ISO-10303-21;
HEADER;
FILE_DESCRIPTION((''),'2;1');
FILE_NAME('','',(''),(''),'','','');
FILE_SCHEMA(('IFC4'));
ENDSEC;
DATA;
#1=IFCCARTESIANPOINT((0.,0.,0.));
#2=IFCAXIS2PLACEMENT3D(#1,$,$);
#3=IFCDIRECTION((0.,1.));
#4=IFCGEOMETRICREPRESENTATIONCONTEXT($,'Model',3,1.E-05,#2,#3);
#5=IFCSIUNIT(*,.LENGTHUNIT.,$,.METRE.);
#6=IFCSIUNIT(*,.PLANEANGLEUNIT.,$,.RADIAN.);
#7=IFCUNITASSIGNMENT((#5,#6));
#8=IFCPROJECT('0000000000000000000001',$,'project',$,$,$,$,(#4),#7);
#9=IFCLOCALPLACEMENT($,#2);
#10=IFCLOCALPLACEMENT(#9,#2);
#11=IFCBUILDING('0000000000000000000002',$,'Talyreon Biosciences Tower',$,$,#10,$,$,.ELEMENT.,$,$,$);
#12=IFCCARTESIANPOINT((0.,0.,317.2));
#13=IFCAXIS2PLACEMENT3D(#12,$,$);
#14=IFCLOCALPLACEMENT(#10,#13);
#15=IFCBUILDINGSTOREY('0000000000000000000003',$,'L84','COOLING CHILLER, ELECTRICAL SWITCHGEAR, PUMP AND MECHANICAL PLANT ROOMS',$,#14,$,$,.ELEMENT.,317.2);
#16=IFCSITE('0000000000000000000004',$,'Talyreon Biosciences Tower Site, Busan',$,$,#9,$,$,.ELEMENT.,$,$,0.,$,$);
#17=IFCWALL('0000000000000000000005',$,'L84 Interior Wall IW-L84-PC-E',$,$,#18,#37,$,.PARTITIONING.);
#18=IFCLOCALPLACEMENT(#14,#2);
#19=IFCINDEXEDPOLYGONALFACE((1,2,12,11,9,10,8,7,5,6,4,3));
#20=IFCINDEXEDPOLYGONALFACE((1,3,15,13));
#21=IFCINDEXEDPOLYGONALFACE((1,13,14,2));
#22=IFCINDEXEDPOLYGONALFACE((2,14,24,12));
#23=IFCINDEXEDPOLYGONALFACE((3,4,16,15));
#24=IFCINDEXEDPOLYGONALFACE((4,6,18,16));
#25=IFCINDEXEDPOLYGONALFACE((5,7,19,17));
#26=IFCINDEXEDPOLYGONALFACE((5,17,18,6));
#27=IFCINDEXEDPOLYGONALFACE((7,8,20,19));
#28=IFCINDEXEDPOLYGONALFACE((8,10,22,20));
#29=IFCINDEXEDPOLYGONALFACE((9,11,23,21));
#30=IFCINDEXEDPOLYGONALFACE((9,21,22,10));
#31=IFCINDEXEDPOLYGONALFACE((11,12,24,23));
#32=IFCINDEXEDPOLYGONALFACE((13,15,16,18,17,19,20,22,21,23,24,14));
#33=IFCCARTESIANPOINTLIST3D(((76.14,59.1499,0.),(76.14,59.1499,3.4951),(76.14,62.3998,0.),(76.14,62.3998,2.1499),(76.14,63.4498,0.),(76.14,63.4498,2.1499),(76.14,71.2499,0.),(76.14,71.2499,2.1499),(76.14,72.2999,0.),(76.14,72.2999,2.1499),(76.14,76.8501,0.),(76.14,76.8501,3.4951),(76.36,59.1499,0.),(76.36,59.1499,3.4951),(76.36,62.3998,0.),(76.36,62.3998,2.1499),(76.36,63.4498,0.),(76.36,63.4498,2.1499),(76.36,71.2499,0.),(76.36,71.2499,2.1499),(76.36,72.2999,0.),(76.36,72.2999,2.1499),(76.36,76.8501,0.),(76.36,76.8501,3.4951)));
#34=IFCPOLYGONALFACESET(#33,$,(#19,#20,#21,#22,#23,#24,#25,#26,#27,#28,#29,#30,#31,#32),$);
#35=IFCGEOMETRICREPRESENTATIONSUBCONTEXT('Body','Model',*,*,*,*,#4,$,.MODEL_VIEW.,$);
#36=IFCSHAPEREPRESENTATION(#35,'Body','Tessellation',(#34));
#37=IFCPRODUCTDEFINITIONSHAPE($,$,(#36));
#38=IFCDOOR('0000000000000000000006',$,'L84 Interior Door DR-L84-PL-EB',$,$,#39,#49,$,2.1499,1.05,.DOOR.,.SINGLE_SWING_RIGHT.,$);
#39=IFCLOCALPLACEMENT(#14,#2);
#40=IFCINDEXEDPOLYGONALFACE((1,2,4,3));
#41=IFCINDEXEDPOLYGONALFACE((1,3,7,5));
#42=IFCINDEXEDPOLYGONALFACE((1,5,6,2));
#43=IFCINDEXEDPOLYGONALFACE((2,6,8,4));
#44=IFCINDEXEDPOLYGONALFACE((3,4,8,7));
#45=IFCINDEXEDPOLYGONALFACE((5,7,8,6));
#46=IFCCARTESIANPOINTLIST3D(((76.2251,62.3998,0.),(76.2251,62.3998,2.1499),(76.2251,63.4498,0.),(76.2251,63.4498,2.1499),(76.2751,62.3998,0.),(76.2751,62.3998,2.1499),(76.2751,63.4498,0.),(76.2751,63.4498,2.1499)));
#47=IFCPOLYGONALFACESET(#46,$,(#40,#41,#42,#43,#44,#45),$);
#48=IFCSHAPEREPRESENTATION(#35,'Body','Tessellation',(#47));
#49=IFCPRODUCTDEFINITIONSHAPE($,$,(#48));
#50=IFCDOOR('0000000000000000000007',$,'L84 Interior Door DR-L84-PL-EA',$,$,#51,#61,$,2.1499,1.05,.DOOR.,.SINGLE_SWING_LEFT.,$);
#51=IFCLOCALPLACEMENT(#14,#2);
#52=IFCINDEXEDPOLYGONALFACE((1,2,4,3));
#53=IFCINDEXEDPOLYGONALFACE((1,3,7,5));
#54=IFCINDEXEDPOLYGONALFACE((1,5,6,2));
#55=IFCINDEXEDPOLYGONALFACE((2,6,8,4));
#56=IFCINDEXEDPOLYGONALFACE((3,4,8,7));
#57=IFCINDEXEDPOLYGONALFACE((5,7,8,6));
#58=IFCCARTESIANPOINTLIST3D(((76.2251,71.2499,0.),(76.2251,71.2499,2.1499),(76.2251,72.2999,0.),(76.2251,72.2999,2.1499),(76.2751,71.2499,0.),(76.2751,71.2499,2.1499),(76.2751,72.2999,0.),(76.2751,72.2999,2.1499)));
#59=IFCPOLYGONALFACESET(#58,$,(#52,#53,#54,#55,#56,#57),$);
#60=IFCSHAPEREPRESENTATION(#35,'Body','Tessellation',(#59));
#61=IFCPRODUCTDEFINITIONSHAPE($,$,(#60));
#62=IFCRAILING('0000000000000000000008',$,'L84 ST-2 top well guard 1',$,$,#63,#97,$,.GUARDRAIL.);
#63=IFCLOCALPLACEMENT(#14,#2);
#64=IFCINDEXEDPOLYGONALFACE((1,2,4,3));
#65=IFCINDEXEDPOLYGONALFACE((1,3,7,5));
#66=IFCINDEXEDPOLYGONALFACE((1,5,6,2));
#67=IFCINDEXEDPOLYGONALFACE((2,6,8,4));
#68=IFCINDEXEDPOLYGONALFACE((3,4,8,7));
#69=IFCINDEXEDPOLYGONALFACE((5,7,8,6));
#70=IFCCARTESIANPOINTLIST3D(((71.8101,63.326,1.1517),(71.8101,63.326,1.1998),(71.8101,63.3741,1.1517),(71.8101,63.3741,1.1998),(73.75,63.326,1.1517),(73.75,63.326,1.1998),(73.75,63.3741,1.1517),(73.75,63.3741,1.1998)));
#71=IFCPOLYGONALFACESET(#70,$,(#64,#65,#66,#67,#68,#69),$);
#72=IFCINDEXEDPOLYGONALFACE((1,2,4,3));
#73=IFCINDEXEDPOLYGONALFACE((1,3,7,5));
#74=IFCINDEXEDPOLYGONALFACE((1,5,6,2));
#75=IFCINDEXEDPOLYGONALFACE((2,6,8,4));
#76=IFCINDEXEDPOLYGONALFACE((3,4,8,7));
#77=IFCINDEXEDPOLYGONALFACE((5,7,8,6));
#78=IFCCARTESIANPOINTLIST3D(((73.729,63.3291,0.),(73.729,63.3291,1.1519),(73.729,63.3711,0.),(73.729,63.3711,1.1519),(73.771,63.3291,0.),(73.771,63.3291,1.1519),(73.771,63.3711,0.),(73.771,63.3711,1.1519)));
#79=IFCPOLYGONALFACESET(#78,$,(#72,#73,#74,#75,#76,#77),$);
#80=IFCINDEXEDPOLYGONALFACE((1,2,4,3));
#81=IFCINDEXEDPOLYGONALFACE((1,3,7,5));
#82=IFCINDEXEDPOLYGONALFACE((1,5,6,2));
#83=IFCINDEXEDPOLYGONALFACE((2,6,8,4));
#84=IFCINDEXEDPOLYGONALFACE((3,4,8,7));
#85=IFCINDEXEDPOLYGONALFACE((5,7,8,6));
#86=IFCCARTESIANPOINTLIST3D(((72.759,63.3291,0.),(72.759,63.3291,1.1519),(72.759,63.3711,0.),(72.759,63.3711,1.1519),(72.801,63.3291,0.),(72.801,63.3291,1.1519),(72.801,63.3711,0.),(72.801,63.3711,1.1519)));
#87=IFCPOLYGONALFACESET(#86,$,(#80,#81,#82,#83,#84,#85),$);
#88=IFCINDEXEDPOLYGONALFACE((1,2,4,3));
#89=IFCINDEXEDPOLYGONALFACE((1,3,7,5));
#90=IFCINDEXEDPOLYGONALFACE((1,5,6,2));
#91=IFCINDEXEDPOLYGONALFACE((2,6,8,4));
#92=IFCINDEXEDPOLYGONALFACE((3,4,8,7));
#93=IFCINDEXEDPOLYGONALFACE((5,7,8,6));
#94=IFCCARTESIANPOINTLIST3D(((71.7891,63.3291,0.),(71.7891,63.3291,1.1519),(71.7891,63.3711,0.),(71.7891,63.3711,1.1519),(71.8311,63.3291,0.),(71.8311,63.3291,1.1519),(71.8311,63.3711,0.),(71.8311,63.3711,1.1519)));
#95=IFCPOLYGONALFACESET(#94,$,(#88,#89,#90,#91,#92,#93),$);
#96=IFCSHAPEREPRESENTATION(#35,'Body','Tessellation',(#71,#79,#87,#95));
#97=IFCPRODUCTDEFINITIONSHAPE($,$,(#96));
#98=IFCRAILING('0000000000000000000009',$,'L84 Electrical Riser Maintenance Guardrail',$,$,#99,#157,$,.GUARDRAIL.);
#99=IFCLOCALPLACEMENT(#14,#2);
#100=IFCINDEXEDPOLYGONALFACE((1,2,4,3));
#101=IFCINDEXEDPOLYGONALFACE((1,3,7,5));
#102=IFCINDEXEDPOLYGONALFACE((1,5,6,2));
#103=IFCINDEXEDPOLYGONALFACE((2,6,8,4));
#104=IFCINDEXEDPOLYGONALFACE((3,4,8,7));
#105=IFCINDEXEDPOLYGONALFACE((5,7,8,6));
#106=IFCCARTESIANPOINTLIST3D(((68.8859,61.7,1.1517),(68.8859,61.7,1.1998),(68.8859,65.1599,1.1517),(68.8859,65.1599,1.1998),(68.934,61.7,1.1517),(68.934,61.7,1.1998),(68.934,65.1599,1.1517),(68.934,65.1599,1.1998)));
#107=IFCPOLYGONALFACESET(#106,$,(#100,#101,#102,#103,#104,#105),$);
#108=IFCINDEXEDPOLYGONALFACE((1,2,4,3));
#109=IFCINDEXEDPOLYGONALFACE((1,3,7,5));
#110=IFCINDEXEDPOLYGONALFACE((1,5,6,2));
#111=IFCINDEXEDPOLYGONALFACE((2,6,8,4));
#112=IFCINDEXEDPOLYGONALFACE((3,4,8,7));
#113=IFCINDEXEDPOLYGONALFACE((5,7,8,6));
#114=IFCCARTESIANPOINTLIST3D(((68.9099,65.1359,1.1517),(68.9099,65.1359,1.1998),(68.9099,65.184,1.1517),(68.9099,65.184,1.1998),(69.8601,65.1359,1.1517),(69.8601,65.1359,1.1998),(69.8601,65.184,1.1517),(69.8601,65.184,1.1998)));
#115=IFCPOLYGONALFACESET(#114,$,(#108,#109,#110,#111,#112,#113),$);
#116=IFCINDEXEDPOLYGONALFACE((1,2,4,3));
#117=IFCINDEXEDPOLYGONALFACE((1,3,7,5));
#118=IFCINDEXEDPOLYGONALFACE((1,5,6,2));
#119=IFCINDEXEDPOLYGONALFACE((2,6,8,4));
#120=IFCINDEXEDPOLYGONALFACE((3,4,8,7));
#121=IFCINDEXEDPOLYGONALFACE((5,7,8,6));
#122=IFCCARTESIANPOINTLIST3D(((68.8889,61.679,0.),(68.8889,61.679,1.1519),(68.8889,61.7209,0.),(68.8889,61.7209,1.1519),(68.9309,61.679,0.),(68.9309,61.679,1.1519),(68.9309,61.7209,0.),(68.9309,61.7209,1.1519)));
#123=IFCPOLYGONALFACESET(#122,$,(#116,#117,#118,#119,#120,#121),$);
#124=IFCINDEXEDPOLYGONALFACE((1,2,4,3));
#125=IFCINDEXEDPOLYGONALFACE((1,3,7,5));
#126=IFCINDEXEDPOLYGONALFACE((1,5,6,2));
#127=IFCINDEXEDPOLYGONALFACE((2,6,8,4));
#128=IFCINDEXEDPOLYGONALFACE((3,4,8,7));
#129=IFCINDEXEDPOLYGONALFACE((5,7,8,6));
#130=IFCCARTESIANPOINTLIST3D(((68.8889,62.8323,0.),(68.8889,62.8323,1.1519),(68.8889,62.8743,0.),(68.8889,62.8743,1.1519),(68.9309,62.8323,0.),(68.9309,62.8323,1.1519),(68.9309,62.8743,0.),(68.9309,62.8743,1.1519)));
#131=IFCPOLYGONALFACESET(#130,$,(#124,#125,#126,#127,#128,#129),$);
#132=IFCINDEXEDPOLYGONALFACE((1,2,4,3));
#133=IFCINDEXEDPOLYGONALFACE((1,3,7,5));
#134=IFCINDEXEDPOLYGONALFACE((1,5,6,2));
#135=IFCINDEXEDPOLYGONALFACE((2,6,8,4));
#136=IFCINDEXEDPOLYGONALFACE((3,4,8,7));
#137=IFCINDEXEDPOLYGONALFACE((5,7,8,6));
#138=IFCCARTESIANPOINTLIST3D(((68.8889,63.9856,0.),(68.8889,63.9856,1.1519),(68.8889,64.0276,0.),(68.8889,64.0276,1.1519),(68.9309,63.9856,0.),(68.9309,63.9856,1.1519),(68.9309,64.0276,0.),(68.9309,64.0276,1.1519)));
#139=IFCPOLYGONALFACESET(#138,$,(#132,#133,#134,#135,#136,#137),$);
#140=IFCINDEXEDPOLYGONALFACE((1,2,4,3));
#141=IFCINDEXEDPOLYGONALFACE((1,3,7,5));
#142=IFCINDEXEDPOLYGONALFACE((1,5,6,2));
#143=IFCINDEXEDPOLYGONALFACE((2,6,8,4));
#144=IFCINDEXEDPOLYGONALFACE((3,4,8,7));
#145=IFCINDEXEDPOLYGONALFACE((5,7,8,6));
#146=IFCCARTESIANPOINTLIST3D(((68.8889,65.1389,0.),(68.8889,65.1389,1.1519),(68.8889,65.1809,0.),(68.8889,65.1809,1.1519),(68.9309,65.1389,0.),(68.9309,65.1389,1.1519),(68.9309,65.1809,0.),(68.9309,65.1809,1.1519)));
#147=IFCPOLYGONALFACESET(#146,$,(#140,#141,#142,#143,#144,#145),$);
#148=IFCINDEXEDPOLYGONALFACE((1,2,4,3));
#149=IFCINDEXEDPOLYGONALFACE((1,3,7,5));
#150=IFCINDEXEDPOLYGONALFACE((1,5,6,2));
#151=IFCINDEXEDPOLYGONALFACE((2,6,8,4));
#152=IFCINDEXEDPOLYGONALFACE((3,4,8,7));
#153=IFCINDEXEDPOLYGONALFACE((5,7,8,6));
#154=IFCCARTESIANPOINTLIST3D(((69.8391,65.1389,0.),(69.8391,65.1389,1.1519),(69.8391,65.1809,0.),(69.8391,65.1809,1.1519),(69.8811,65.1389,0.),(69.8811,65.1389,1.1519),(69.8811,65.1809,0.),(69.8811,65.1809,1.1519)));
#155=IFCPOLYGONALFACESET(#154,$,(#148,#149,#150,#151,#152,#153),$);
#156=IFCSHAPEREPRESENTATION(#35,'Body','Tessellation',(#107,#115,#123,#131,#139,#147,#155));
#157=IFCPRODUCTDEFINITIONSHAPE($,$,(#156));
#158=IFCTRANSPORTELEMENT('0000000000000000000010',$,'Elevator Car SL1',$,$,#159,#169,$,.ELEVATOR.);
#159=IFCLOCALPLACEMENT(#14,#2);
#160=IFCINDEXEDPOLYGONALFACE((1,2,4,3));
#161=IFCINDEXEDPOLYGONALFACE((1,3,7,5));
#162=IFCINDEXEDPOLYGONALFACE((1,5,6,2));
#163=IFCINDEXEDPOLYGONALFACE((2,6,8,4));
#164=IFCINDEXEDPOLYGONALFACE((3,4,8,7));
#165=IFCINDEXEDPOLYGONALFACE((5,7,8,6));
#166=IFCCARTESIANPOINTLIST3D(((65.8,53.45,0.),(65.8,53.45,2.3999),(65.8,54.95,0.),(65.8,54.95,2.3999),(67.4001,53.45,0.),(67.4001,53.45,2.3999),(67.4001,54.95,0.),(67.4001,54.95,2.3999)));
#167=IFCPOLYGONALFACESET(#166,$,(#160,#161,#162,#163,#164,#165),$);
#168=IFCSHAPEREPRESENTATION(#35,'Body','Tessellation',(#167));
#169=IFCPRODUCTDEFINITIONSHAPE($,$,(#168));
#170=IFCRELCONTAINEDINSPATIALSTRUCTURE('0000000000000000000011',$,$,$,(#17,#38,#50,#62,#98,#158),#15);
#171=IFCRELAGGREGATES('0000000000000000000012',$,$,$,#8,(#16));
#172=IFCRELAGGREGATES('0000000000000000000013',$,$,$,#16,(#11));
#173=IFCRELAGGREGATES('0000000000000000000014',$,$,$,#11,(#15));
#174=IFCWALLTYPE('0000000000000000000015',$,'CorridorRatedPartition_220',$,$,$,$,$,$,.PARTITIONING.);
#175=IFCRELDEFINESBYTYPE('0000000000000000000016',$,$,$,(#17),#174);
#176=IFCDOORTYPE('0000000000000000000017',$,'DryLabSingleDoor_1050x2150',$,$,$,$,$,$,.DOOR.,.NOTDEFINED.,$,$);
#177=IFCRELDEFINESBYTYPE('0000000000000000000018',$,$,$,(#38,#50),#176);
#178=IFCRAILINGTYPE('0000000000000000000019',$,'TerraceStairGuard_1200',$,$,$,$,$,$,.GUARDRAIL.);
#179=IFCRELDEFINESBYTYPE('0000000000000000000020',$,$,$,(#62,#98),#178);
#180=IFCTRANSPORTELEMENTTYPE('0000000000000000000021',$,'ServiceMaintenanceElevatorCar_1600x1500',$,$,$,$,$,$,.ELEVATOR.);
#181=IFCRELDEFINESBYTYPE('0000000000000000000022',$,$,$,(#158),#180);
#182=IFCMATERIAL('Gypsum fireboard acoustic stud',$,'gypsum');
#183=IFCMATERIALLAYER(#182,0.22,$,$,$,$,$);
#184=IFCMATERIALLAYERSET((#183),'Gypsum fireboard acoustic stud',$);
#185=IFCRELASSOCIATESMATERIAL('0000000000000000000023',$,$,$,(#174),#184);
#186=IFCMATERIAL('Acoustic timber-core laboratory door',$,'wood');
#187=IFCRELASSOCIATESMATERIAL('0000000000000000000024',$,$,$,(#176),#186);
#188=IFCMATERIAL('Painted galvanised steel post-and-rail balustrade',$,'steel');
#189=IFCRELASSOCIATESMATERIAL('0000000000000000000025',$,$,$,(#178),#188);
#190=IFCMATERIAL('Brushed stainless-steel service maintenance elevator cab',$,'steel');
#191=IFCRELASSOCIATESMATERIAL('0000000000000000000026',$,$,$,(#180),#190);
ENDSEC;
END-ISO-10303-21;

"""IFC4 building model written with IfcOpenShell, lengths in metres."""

from ifc_helpers import new_model, si_unit, direction, frame, frame_2d, origin, origin_2d, place, context, subcontext, project, spatial, rectangle, extrude, material, layer, layer_set, type_object, element, fill, save


model = new_model("IFC4")

# Units and contexts
model_context = context("Model", 3, precision=1e-05, world=origin(), true_north=direction((0.0, 1.0)))
body_context = subcontext(model_context, "Body", "Model", "MODEL_VIEW")
ifc_project = project(units=[si_unit("LENGTHUNIT", "METRE"), si_unit("PLANEANGLEUNIT", "RADIAN")], contexts=[model_context])

# Site, building, storey
site_placement = place(None, origin())
site = spatial("IfcSite", under=ifc_project, at=site_placement, Name="Talyreon Biosciences Tower Site, Busan", CompositionType="ELEMENT", RefElevation=0.0)
building_placement = place(site_placement, origin())
building = spatial("IfcBuilding", under=site, at=building_placement, Name="Talyreon Biosciences Tower", CompositionType="ELEMENT")
storey_placement = place(building_placement, frame((0.0, 0.0, 317.2)))
storey = spatial("IfcBuildingStorey", under=building, at=storey_placement, Name="L84", Description="COOLING CHILLER, ELECTRICAL SWITCHGEAR, PUMP AND MECHANICAL PLANT ROOMS", CompositionType="ELEMENT", Elevation=317.2)

# Shared definitions
ifc_material_1 = material(Name="Gypsum fireboard acoustic stud", Category="gypsum")
ifc_layer_1 = layer(ifc_material_1, 0.22)
ifc_layer_set_1 = layer_set([ifc_layer_1], Name="Gypsum fireboard acoustic stud")
wall_type_1 = type_object("IfcWallType", Name="CorridorRatedPartition_220", PredefinedType="PARTITIONING", material=ifc_layer_set_1)

# Wall, openings, doors
wall_1_placement = place(storey_placement, frame((76.25, 59.1499, 0.0), z_axis=(0.0, 0.0, 1.0), x_axis=(0.0, 1.0, 0.0)))
wall_1 = element("IfcWall", 1, at=wall_1_placement, inside=storey, type_object=wall_type_1, Name="L84 Interior Wall IW-L84-PC-E", PredefinedType="PARTITIONING", context=body_context, shape_type="SweptSolid", body=[
    extrude(rectangle(XDim=17.7002, YDim=0.22, at=frame_2d((8.8501, 0.0))), origin(), (0.0, 0.0, 1.0), 3.4951),
])
opening_1_placement = place(wall_1_placement, frame((3.25, 0.0, 0.0)))
opening_1 = element("IfcOpeningElement", 2, at=opening_1_placement, cuts=wall_1, PredefinedType="OPENING", context=body_context, shape_type="SweptSolid", body=[
    extrude(rectangle(XDim=1.05, YDim=2.1499, at=frame_2d((0.5249, 1.075))), frame((0.0, 0.1199, 0.0), z_axis=(0.0, -1.0, 0.0), x_axis=(1.0, 0.0, 0.0)), (0.0, 0.0, 1.0), 0.24),
])
opening_2_placement = place(wall_1_placement, frame((12.1001, 0.0, 0.0)))
opening_2 = element("IfcOpeningElement", 3, at=opening_2_placement, cuts=wall_1, PredefinedType="OPENING", context=body_context, shape_type="SweptSolid", body=[
    extrude(rectangle(XDim=1.05, YDim=2.1499, at=frame_2d((0.5249, 1.075))), frame((0.0, 0.1199, 0.0), z_axis=(0.0, -1.0, 0.0), x_axis=(1.0, 0.0, 0.0)), (0.0, 0.0, 1.0), 0.24),
])
ifc_material_2 = material(Name="Acoustic timber-core laboratory door", Category="wood")
door_type_1 = type_object("IfcDoorType", Name="DryLabSingleDoor_1050x2150", OperationType="NOTDEFINED", PredefinedType="DOOR", material=ifc_material_2)
door_1_placement = place(opening_1_placement, origin())
door_1 = element("IfcDoor", 4, at=door_1_placement, inside=storey, type_object=door_type_1, Name="L84 Interior Door DR-L84-PL-EB", OperationType="SINGLE_SWING_RIGHT", OverallHeight=2.1499, OverallWidth=1.05, PredefinedType="DOOR", context=body_context, shape_type="SweptSolid", body=[
    extrude(rectangle(XDim=1.05, YDim=2.1499, at=frame_2d((0.5249, 1.075))), frame((0.0, 0.0249, 0.0), z_axis=(0.0, -1.0, 0.0), x_axis=(1.0, 0.0, 0.0)), (0.0, 0.0, 1.0), 0.05),
])
fill(opening_1, door_1)
door_2_placement = place(opening_2_placement, origin())
door_2 = element("IfcDoor", 5, at=door_2_placement, inside=storey, type_object=door_type_1, Name="L84 Interior Door DR-L84-PL-EA", OperationType="SINGLE_SWING_LEFT", OverallHeight=2.1499, OverallWidth=1.05, PredefinedType="DOOR", context=body_context, shape_type="SweptSolid", body=[
    extrude(rectangle(XDim=1.05, YDim=2.1499, at=frame_2d((0.5249, 1.075))), frame((0.0, 0.0249, 0.0), z_axis=(0.0, -1.0, 0.0), x_axis=(1.0, 0.0, 0.0)), (0.0, 0.0, 1.0), 0.05),
])
fill(opening_2, door_2)

# Railings
ifc_material_3 = material(Name="Painted galvanised steel post-and-rail balustrade", Category="steel")
railing_type = type_object("IfcRailingType", Name="TerraceStairGuard_1200", PredefinedType="GUARDRAIL", material=ifc_material_3)
railing_1_placement = place(storey_placement, frame((73.75, 63.3501, 0.0)))
element("IfcRailing", 6, at=railing_1_placement, inside=storey, type_object=railing_type, Name="L84 ST-2 top well guard 1", PredefinedType="GUARDRAIL", context=body_context, shape_type="SweptSolid", body=[
    extrude(rectangle(XDim=0.0481, YDim=0.0481, at=origin_2d()), frame((0.0, 0.0, 1.1758), z_axis=(-1.0, 0.0, 0.0), x_axis=(0.0, -1.0, 0.0)), (0.0, 0.0, 1.0), 1.9399),
    extrude(rectangle(XDim=0.042, YDim=0.042, at=origin_2d()), origin(), (0.0, 0.0, 1.0), 1.1519),
    extrude(rectangle(XDim=0.042, YDim=0.042, at=origin_2d()), frame((-0.97, 0.0, 0.0)), (0.0, 0.0, 1.0), 1.1519),
    extrude(rectangle(XDim=0.042, YDim=0.042, at=origin_2d()), frame((-1.9399, 0.0, 0.0)), (0.0, 0.0, 1.0), 1.1519),
])
railing_2_placement = place(storey_placement, frame((68.9099, 61.7, 0.0)))
element("IfcRailing", 7, at=railing_2_placement, inside=storey, type_object=railing_type, Name="L84 Electrical Riser Maintenance Guardrail", PredefinedType="GUARDRAIL", context=body_context, shape_type="SweptSolid", body=[
    extrude(rectangle(XDim=0.0481, YDim=0.0481, at=origin_2d()), frame((0.0, 0.0, 1.1758), z_axis=(0.0, 1.0, 0.0), x_axis=(-1.0, 0.0, 0.0)), (0.0, 0.0, 1.0), 3.46),
    extrude(rectangle(XDim=0.0481, YDim=0.0481, at=origin_2d()), frame((0.0, 3.46, 1.1758), z_axis=(1.0, 0.0, 0.0), x_axis=(0.0, 1.0, 0.0)), (0.0, 0.0, 1.0), 0.9502),
    extrude(rectangle(XDim=0.042, YDim=0.042, at=origin_2d()), origin(), (0.0, 0.0, 1.0), 1.1519),
    extrude(rectangle(XDim=0.042, YDim=0.042, at=origin_2d()), frame((0.0, 1.1533, 0.0)), (0.0, 0.0, 1.0), 1.1519),
    extrude(rectangle(XDim=0.042, YDim=0.042, at=origin_2d()), frame((0.0, 2.3066, 0.0)), (0.0, 0.0, 1.0), 1.1519),
    extrude(rectangle(XDim=0.042, YDim=0.042, at=origin_2d()), frame((0.0, 3.46, 0.0)), (0.0, 0.0, 1.0), 1.1519),
    extrude(rectangle(XDim=0.042, YDim=0.042, at=origin_2d()), frame((0.9502, 3.46, 0.0)), (0.0, 0.0, 1.0), 1.1519),
])

# Transport element
ifc_material_4 = material(Name="Brushed stainless-steel service maintenance elevator cab", Category="steel")
transport_element_type = type_object("IfcTransportElementType", Name="ServiceMaintenanceElevatorCar_1600x1500", PredefinedType="ELEVATOR", material=ifc_material_4)
transport_element_placement = place(storey_placement, frame((66.6001, 54.2, 0.0), z_axis=(0.0, 0.0, 1.0), x_axis=(1.0, 0.0, 0.0)))
element("IfcTransportElement", 8, at=transport_element_placement, inside=storey, type_object=transport_element_type, Name="Elevator Car SL1", PredefinedType="ELEVATOR", context=body_context, shape_type="SweptSolid", body=[
    extrude(rectangle(XDim=1.6001, YDim=1.5, at=origin_2d()), origin(), (0.0, 0.0, 1.0), 2.3999),
])

save(model, "model.ifc")
